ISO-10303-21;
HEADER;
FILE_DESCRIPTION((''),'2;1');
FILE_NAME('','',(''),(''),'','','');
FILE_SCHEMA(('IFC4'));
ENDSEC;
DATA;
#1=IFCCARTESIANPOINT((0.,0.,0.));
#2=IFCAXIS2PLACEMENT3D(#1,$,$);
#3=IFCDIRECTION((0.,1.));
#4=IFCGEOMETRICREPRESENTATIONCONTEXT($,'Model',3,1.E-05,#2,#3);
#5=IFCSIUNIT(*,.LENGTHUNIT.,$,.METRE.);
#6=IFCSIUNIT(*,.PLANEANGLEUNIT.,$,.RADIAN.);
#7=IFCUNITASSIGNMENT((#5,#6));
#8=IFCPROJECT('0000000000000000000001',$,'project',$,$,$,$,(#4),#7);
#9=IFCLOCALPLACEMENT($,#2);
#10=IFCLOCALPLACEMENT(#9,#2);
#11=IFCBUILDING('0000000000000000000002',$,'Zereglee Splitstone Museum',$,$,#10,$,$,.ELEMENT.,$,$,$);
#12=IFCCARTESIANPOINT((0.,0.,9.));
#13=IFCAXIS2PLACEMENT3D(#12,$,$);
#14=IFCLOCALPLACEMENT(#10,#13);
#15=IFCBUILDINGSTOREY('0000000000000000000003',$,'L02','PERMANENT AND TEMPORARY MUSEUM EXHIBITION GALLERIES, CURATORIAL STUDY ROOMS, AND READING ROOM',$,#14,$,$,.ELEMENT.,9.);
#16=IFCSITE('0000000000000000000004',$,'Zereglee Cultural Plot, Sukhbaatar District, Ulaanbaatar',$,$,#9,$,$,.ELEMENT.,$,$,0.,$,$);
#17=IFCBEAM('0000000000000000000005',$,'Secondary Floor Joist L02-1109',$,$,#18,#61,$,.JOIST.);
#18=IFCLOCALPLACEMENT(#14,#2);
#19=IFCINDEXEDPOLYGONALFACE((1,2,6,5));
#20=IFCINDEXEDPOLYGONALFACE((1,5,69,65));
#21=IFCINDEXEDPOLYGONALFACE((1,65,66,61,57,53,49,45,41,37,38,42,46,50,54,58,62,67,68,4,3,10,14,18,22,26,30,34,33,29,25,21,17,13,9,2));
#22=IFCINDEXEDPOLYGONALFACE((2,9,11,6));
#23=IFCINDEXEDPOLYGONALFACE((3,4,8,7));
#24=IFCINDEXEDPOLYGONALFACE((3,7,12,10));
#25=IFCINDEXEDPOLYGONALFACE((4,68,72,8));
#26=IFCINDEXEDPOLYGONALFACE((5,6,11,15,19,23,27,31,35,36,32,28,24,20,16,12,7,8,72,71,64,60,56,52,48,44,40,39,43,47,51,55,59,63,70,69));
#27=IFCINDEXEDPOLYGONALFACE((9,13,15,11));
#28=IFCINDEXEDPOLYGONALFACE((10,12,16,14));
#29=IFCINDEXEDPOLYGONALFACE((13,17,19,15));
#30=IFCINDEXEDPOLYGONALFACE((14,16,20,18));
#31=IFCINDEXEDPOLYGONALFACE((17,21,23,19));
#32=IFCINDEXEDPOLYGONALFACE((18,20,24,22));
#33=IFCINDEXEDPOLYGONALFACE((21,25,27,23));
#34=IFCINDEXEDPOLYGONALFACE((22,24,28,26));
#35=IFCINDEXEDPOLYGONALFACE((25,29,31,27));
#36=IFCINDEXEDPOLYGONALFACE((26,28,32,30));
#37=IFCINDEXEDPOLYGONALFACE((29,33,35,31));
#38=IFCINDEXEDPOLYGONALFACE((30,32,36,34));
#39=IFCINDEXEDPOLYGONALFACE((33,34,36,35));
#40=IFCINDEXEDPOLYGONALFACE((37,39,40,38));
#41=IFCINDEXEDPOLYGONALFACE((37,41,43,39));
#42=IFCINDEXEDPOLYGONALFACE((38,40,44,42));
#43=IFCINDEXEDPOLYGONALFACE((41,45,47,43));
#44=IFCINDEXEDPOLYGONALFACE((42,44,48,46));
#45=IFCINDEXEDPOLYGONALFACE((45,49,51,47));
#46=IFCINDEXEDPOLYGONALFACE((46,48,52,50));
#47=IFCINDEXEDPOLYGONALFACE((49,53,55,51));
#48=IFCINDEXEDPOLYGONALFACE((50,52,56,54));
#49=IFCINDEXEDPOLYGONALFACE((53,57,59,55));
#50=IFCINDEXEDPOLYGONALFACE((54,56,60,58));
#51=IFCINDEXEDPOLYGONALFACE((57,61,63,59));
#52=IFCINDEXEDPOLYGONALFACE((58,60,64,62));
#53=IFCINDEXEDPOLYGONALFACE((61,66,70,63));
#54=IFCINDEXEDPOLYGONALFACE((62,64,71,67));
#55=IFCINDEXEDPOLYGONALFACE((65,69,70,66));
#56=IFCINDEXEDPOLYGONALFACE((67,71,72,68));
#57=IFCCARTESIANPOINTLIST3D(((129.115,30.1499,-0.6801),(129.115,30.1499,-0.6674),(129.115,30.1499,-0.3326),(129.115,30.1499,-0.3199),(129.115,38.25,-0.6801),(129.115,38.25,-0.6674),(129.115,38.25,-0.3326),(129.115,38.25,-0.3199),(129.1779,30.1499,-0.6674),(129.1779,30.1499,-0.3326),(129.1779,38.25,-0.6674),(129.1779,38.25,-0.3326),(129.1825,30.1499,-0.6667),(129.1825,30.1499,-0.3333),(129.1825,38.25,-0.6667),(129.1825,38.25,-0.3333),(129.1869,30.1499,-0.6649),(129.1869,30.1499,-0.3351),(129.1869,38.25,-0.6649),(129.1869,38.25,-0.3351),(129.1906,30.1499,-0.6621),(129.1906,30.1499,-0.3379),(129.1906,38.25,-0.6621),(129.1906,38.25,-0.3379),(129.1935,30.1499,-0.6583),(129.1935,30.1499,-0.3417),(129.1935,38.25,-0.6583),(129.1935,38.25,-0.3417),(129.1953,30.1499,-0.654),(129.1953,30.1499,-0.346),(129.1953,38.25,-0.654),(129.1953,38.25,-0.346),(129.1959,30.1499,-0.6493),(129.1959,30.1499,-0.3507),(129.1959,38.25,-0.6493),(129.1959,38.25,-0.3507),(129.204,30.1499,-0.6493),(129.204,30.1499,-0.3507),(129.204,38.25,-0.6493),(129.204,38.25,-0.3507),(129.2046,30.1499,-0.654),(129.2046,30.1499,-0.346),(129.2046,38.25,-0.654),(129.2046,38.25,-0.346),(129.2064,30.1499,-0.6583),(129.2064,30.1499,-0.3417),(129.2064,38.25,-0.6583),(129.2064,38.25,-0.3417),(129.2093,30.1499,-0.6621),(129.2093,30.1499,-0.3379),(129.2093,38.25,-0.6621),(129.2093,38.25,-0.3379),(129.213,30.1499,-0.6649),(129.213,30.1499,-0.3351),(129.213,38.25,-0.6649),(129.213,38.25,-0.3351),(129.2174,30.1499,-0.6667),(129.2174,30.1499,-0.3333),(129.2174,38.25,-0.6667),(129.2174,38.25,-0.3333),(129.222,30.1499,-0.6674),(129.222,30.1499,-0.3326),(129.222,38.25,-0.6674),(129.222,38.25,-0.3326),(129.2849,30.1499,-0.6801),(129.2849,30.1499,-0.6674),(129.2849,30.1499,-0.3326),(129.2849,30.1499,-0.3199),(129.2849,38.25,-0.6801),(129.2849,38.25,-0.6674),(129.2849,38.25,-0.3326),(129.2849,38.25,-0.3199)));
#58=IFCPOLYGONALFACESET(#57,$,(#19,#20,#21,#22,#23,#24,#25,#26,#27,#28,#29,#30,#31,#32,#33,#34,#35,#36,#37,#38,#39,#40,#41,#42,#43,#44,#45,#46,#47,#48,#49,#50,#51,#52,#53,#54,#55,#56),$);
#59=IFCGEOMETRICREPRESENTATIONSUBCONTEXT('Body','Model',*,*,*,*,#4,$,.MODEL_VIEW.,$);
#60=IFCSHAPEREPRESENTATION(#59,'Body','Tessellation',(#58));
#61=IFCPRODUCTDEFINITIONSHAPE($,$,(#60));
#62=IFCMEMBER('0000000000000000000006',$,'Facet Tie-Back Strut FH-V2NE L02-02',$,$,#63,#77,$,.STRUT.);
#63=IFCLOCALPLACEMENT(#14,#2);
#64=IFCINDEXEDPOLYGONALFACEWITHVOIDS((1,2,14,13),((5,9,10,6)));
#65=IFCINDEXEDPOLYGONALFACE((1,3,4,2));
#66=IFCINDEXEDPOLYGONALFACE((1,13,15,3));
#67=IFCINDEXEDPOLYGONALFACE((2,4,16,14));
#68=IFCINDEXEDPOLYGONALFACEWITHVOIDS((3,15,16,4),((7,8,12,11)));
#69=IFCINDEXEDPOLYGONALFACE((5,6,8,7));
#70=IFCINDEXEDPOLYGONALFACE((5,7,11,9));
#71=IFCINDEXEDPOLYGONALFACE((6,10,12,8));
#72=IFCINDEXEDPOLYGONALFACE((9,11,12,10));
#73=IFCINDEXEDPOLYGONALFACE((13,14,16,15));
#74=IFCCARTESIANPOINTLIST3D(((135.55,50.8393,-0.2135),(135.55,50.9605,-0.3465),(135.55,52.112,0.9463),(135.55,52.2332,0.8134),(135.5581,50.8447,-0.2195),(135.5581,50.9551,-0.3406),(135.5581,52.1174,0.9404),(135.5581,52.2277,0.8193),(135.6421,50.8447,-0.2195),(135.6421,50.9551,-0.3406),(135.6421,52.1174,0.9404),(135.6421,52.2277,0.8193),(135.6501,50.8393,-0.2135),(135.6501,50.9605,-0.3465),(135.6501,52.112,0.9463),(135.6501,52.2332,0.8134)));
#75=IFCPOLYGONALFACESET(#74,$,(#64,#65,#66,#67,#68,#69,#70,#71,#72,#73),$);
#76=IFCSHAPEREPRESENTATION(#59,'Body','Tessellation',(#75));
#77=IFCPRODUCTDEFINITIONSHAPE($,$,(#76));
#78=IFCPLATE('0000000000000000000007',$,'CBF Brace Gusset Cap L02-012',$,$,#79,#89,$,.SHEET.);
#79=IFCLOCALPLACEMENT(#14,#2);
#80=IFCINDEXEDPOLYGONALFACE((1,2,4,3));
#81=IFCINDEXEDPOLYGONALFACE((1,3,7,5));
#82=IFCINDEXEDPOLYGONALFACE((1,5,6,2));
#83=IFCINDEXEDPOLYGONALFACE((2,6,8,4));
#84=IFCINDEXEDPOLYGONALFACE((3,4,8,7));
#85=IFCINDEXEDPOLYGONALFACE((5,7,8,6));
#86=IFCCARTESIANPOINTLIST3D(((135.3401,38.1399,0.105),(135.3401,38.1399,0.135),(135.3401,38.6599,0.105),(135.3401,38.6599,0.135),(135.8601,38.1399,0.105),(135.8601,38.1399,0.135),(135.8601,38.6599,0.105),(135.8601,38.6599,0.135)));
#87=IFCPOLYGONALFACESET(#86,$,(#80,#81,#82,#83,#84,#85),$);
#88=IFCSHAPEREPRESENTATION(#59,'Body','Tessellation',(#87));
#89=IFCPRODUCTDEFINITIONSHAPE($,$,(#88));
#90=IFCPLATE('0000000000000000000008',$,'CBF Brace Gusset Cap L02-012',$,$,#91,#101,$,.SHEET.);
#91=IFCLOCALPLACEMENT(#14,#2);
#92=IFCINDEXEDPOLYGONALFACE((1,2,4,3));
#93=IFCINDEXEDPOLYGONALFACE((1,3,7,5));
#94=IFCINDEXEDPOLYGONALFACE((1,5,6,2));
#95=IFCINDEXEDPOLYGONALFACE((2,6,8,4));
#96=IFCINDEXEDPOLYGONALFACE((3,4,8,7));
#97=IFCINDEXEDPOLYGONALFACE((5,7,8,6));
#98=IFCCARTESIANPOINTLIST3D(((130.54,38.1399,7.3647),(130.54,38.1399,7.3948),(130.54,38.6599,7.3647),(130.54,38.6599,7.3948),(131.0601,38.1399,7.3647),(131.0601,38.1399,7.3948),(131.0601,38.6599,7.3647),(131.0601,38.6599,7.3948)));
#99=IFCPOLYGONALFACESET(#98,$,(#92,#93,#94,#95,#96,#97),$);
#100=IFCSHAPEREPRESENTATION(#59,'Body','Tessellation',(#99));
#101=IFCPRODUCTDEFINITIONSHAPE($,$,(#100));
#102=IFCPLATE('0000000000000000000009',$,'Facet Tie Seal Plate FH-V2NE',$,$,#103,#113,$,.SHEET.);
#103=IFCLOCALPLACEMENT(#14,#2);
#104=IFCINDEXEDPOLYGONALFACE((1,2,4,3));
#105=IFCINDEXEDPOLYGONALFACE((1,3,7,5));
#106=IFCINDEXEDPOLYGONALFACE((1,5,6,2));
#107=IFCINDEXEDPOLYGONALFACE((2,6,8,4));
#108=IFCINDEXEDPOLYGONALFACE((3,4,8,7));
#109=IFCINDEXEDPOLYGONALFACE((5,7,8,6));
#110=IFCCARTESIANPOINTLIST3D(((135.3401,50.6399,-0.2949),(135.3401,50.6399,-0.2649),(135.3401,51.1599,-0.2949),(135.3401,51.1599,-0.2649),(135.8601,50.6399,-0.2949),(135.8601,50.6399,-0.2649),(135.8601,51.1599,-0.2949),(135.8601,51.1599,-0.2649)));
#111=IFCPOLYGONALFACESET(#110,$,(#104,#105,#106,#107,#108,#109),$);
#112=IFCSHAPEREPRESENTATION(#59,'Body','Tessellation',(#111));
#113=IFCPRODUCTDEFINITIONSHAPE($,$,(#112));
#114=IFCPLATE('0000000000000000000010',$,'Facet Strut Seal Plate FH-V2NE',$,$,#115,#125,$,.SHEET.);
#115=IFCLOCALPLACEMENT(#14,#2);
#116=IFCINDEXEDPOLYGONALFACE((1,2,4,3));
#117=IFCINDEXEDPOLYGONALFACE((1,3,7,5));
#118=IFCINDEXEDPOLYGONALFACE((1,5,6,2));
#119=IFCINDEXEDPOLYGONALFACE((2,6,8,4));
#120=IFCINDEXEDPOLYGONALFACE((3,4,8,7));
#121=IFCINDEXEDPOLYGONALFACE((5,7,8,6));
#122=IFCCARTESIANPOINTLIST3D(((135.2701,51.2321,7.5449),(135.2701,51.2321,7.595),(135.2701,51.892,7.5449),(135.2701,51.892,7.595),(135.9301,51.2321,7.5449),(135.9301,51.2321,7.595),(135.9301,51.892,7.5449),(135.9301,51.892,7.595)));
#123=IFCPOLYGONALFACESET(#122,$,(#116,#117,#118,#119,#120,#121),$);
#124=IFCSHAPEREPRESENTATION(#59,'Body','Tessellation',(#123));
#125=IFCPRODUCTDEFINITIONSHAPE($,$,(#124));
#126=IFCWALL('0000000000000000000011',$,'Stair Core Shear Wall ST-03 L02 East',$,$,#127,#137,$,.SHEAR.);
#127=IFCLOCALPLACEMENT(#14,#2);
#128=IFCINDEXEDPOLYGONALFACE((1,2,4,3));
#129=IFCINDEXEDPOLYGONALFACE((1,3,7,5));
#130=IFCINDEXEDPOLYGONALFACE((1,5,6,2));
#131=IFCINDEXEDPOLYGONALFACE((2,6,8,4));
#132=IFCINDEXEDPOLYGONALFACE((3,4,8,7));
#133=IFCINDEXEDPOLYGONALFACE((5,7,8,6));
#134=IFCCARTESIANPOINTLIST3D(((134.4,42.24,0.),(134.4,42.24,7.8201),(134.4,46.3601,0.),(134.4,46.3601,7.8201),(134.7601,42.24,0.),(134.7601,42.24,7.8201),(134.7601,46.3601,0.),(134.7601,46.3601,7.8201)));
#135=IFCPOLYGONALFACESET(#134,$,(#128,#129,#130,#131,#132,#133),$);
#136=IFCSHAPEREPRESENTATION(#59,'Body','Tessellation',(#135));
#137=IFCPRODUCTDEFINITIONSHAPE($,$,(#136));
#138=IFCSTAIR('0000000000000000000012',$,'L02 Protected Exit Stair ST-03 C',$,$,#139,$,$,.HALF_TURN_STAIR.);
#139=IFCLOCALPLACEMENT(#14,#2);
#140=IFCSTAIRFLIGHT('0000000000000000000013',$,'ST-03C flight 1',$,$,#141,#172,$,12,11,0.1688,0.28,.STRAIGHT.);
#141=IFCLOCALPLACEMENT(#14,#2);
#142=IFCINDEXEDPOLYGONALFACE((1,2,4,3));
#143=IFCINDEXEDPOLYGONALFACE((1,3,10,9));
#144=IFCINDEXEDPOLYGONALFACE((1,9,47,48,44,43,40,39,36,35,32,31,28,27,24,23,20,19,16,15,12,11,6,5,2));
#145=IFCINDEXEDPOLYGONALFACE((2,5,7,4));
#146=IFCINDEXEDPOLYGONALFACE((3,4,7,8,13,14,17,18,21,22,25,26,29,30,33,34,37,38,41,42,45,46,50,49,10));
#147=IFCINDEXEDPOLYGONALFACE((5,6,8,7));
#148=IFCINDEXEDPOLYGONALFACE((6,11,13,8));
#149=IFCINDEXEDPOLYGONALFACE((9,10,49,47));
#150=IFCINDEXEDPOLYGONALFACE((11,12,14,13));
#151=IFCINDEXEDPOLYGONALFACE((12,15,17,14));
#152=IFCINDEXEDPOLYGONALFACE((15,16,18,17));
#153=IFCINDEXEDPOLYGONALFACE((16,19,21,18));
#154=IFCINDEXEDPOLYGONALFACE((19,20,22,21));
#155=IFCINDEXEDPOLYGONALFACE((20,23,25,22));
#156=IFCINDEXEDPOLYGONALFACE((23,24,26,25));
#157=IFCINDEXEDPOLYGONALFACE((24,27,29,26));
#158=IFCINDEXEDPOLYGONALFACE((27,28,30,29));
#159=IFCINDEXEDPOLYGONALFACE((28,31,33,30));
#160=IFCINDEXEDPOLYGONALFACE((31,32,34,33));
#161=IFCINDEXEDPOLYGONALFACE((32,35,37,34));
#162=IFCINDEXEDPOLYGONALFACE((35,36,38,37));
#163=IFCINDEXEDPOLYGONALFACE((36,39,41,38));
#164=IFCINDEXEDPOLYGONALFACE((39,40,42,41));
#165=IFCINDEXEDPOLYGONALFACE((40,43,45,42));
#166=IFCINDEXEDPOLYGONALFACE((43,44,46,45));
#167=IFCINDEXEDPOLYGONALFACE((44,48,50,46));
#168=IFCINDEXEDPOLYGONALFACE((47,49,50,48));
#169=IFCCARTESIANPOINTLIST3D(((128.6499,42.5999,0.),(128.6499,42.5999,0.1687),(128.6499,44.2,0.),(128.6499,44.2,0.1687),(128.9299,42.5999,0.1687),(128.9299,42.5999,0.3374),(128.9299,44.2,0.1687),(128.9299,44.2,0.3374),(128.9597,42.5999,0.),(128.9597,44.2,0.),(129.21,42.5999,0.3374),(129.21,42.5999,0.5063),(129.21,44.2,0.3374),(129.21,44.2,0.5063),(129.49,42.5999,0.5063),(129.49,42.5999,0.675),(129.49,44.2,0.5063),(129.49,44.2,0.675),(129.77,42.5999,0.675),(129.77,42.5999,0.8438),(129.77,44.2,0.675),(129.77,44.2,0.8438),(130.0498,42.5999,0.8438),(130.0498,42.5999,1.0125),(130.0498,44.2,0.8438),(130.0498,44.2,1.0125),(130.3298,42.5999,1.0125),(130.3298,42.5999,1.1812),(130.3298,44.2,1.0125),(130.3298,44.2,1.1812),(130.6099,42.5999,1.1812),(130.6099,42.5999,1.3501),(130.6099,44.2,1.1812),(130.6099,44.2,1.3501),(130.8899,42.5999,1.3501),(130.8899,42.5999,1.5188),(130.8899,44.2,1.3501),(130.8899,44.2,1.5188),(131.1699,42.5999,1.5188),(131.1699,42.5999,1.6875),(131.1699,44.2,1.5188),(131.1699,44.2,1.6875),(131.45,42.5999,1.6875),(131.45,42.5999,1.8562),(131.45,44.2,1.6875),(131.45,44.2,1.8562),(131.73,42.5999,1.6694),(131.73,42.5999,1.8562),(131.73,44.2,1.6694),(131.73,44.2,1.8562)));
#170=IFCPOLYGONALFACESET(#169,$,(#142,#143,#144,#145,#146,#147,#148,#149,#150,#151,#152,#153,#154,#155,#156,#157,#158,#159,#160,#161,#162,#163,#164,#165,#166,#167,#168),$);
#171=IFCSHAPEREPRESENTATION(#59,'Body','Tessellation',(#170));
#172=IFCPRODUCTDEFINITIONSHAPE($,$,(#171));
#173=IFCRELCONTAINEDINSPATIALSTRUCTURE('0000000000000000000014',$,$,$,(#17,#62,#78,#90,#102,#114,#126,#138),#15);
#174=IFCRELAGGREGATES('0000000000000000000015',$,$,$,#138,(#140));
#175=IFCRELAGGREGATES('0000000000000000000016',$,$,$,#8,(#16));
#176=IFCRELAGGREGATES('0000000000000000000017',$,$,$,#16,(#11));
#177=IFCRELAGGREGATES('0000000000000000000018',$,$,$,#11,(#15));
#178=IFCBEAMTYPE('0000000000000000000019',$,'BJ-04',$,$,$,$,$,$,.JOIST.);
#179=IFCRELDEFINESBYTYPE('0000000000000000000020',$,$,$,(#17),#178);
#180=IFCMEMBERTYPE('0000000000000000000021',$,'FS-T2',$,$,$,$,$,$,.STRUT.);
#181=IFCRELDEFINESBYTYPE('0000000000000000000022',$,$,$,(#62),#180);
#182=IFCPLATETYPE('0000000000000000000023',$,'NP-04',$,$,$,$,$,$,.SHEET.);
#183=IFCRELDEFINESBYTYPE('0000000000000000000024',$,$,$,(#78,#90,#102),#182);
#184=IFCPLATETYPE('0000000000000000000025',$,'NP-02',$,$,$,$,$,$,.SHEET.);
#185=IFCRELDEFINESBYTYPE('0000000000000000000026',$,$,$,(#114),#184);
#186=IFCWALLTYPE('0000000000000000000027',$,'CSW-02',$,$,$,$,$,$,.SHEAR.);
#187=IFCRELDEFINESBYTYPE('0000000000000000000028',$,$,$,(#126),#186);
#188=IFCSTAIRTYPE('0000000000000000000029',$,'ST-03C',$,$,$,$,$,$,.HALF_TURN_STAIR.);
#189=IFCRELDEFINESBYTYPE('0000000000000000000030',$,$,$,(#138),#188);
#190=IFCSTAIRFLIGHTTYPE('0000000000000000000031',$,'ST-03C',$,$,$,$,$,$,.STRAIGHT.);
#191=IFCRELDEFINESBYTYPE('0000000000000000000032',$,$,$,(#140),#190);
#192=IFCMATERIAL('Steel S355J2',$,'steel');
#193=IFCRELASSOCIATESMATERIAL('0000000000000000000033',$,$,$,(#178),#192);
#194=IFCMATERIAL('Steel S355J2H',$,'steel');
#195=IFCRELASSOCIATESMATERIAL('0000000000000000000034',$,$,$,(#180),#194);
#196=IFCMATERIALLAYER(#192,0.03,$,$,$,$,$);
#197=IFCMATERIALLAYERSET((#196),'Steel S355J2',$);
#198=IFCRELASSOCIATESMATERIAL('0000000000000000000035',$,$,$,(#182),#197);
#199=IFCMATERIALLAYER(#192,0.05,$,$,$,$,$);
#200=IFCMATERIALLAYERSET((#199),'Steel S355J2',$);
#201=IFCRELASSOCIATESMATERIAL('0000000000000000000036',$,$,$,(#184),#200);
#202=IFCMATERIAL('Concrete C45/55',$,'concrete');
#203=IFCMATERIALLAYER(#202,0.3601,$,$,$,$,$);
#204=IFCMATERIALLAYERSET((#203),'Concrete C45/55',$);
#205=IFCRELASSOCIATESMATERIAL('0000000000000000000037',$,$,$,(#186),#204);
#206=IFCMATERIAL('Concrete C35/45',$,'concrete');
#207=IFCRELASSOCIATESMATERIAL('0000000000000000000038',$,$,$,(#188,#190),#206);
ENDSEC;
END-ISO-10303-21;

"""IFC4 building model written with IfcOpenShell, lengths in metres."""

from ifc_helpers import new_model, si_unit, direction, frame, frame_2d, origin, origin_2d, place, context, subcontext, project, spatial, polyline, rectangle, hollow_rectangle, i_section, outline, extrude, material, layer, layer_set, material_profile, profile_set, type_object, element, aggregate, save


model = new_model("IFC4")

# Units and contexts
model_context = context("Model", 3, precision=1e-05, world=origin(), true_north=direction((0.0, 1.0)))
body_context = subcontext(model_context, "Body", "Model", "MODEL_VIEW")
ifc_project = project(units=[si_unit("LENGTHUNIT", "METRE"), si_unit("PLANEANGLEUNIT", "RADIAN")], contexts=[model_context])

# Site, building, storey
site_placement = place(None, origin())
site = spatial("IfcSite", under=ifc_project, at=site_placement, Name="Zereglee Cultural Plot, Sukhbaatar District, Ulaanbaatar", CompositionType="ELEMENT", RefElevation=0.0)
building_placement = place(site_placement, origin())
building = spatial("IfcBuilding", under=site, at=building_placement, Name="Zereglee Splitstone Museum", CompositionType="ELEMENT")
storey_placement = place(building_placement, frame((0.0, 0.0, 9.0)))
storey = spatial("IfcBuildingStorey", under=building, at=storey_placement, Name="L02", Description="PERMANENT AND TEMPORARY MUSEUM EXHIBITION GALLERIES, CURATORIAL STUDY ROOMS, AND READING ROOM", CompositionType="ELEMENT", Elevation=9.0)

# Shared definitions
ifc_material_1 = material(Name="Steel S355J2H", Category="steel")
ifc_material_2 = material(Name="Steel S355J2", Category="steel")

# Beam
ifc_material_profile_1 = material_profile(ifc_material_2, i_section(OverallWidth=0.1699, OverallDepth=0.3601, WebThickness=0.0081, FlangeThickness=0.0127, FilletRadius=0.0181, at=origin_2d()), Name="IPE 360")
ifc_profile_set_1 = profile_set([ifc_material_profile_1], Name="Steel S355J2")
beam_type_1 = type_object("IfcBeamType", Name="BJ-04", PredefinedType="JOIST", material=ifc_profile_set_1)
beam_1_placement = place(storey_placement, frame((129.2, 30.1499, -0.5), z_axis=(0.0, 1.0, 0.0), x_axis=(-1.0, 0.0, 0.0)))
element("IfcBeam", 1, at=beam_1_placement, inside=storey, type_object=beam_type_1, Name="Secondary Floor Joist L02-1109", PredefinedType="JOIST", context=body_context, shape_type="SweptSolid", body=[
    extrude(i_section(OverallWidth=0.1699, OverallDepth=0.3601, WebThickness=0.0081, FlangeThickness=0.0127, FilletRadius=0.0181, at=origin_2d()), origin(), (0.0, 0.0, 1.0), 8.1001),
])

# Member
ifc_material_profile_2 = material_profile(ifc_material_1, hollow_rectangle(XDim=0.1001, YDim=0.1799, WallThickness=0.0081, at=origin_2d()), Name="RHS 180x100x8")
ifc_profile_set_2 = profile_set([ifc_material_profile_2], Name="Steel S355J2H")
member_type_1 = type_object("IfcMemberType", Name="FS-T2", PredefinedType="STRUT", material=ifc_profile_set_2)
member_1_placement = place(storey_placement, frame((135.6001, 50.8999, -0.28), z_axis=(0.0, 0.739099, 0.673597), x_axis=(-1.0, 0.0, 0.0)))
element("IfcMember", 2, at=member_1_placement, inside=storey, type_object=member_type_1, Name="Facet Tie-Back Strut FH-V2NE L02-02", PredefinedType="STRUT", context=body_context, shape_type="SweptSolid", body=[
    extrude(hollow_rectangle(XDim=0.1001, YDim=0.1799, WallThickness=0.0081, at=origin_2d()), origin(), (0.0, 0.0, 1.0), 1.7219),
])

# Plates
ifc_layer_1 = layer(ifc_material_2, 0.03)
ifc_layer_set_1 = layer_set([ifc_layer_1], Name="Steel S355J2")
plate_type_1 = type_object("IfcPlateType", Name="NP-04", PredefinedType="SHEET", material=ifc_layer_set_1)
for number, where, z_axis, x_axis, name in (
    (3, (135.6001, 38.3999, 0.105), (0.0, 0.0, 1.0), (1.0, 0.0, 0.0), "CBF Brace Gusset Cap L02-012"),
    (4, (130.8, 38.3999, 7.3647), (0.0, 0.0, 1.0), (1.0, 0.0, 0.0), "CBF Brace Gusset Cap L02-012"),
    (5, (135.6001, 50.8999, -0.2949), (0.0, 0.0, 1.0), (1.0, 0.0, 0.0), "Facet Tie Seal Plate FH-V2NE"),
):
    element("IfcPlate", number, at=place(storey_placement, frame(where, z_axis=z_axis, x_axis=x_axis)), inside=storey, type_object=plate_type_1, Name=name, PredefinedType="SHEET", context=body_context, shape_type="SweptSolid", body=[
        extrude(rectangle(XDim=0.52, YDim=0.52, at=origin_2d()), origin(), (0.0, 0.0, 1.0), 0.03),
    ])
ifc_layer_2 = layer(ifc_material_2, 0.05)
ifc_layer_set_2 = layer_set([ifc_layer_2], Name="Steel S355J2")
plate_type_2 = type_object("IfcPlateType", Name="NP-02", PredefinedType="SHEET", material=ifc_layer_set_2)
plate_placement = place(storey_placement, frame((135.6001, 51.562, 7.5449), z_axis=(0.0, 0.0, 1.0), x_axis=(1.0, 0.0, 0.0)))
element("IfcPlate", 6, at=plate_placement, inside=storey, type_object=plate_type_2, Name="Facet Strut Seal Plate FH-V2NE", PredefinedType="SHEET", context=body_context, shape_type="SweptSolid", body=[
    extrude(rectangle(XDim=0.6599, YDim=0.6599, at=origin_2d()), origin(), (0.0, 0.0, 1.0), 0.05),
])

# Wall
ifc_material_3 = material(Name="Concrete C45/55", Category="concrete")
ifc_layer_3 = layer(ifc_material_3, 0.3601)
ifc_layer_set_3 = layer_set([ifc_layer_3], Name="Concrete C45/55")
wall_type = type_object("IfcWallType", Name="CSW-02", PredefinedType="SHEAR", material=ifc_layer_set_3)
wall_placement = place(storey_placement, frame((134.5801, 42.24, 0.0), z_axis=(0.0, 0.0, 1.0), x_axis=(0.0, 1.0, 0.0)))
element("IfcWall", 7, at=wall_placement, inside=storey, type_object=wall_type, Name="Stair Core Shear Wall ST-03 L02 East", PredefinedType="SHEAR", context=body_context, shape_type="SweptSolid", body=[
    extrude(rectangle(XDim=4.1201, YDim=0.3601, at=frame_2d((2.0601, 0.0))), origin(), (0.0, 0.0, 1.0), 7.8201),
])

# Stair, stair flight
ifc_material_4 = material(Name="Concrete C35/45", Category="concrete")
stair_type = type_object("IfcStairType", Name="ST-03C", PredefinedType="HALF_TURN_STAIR", material=ifc_material_4)
stair_placement = place(storey_placement, origin())
stair = element("IfcStair", 8, at=stair_placement, inside=storey, type_object=stair_type, Name="L02 Protected Exit Stair ST-03 C", PredefinedType="HALF_TURN_STAIR")
stair_flight_type = type_object("IfcStairFlightType", Name="ST-03C", PredefinedType="STRAIGHT", material=ifc_material_4)
stair_flight_1_placement = place(storey_placement, frame((128.6499, 43.3999, 0.0), z_axis=(0.0, 0.0, 1.0), x_axis=(1.0, 0.0, 0.0)))
stair_flight_1 = element("IfcStairFlight", 9, at=stair_flight_1_placement, type_object=stair_flight_type, Name="ST-03C flight 1", NumberOfRisers=12, NumberOfTreads=11, PredefinedType="STRAIGHT", RiserHeight=0.1688, TreadLength=0.28, context=body_context, shape_type="SweptSolid", body=[
    extrude(outline(polyline([(0.0, 0.0), (0.0, 0.1687), (0.28, 0.1687), (0.28, 0.3374), (0.5601, 0.3374), (0.5601, 0.5063), (0.8401, 0.5063), (0.8401, 0.675), (1.1201, 0.675), (1.1201, 0.8438), (1.3999, 0.8438), (1.3999, 1.0125), (1.6799, 1.0125), (1.6799, 1.1812), (1.96, 1.1812), (1.96, 1.3501), (2.24, 1.3501), (2.24, 1.5188), (2.52, 1.5188), (2.52, 1.6875), (2.8, 1.6875), (2.8, 1.8562), (3.0801, 1.8562), (3.0801, 2.0249), (3.0801, 1.6694), (0.3098, 0.0), (0.0, 0.0)])), frame((0.0, 0.8, 0.0), z_axis=(0.0, -1.0, 0.0), x_axis=(1.0, 0.0, 0.0)), (0.0, 0.0, 1.0), 1.6001),
])
aggregate(stair, [stair_flight_1])

save(model, "model.ifc")
